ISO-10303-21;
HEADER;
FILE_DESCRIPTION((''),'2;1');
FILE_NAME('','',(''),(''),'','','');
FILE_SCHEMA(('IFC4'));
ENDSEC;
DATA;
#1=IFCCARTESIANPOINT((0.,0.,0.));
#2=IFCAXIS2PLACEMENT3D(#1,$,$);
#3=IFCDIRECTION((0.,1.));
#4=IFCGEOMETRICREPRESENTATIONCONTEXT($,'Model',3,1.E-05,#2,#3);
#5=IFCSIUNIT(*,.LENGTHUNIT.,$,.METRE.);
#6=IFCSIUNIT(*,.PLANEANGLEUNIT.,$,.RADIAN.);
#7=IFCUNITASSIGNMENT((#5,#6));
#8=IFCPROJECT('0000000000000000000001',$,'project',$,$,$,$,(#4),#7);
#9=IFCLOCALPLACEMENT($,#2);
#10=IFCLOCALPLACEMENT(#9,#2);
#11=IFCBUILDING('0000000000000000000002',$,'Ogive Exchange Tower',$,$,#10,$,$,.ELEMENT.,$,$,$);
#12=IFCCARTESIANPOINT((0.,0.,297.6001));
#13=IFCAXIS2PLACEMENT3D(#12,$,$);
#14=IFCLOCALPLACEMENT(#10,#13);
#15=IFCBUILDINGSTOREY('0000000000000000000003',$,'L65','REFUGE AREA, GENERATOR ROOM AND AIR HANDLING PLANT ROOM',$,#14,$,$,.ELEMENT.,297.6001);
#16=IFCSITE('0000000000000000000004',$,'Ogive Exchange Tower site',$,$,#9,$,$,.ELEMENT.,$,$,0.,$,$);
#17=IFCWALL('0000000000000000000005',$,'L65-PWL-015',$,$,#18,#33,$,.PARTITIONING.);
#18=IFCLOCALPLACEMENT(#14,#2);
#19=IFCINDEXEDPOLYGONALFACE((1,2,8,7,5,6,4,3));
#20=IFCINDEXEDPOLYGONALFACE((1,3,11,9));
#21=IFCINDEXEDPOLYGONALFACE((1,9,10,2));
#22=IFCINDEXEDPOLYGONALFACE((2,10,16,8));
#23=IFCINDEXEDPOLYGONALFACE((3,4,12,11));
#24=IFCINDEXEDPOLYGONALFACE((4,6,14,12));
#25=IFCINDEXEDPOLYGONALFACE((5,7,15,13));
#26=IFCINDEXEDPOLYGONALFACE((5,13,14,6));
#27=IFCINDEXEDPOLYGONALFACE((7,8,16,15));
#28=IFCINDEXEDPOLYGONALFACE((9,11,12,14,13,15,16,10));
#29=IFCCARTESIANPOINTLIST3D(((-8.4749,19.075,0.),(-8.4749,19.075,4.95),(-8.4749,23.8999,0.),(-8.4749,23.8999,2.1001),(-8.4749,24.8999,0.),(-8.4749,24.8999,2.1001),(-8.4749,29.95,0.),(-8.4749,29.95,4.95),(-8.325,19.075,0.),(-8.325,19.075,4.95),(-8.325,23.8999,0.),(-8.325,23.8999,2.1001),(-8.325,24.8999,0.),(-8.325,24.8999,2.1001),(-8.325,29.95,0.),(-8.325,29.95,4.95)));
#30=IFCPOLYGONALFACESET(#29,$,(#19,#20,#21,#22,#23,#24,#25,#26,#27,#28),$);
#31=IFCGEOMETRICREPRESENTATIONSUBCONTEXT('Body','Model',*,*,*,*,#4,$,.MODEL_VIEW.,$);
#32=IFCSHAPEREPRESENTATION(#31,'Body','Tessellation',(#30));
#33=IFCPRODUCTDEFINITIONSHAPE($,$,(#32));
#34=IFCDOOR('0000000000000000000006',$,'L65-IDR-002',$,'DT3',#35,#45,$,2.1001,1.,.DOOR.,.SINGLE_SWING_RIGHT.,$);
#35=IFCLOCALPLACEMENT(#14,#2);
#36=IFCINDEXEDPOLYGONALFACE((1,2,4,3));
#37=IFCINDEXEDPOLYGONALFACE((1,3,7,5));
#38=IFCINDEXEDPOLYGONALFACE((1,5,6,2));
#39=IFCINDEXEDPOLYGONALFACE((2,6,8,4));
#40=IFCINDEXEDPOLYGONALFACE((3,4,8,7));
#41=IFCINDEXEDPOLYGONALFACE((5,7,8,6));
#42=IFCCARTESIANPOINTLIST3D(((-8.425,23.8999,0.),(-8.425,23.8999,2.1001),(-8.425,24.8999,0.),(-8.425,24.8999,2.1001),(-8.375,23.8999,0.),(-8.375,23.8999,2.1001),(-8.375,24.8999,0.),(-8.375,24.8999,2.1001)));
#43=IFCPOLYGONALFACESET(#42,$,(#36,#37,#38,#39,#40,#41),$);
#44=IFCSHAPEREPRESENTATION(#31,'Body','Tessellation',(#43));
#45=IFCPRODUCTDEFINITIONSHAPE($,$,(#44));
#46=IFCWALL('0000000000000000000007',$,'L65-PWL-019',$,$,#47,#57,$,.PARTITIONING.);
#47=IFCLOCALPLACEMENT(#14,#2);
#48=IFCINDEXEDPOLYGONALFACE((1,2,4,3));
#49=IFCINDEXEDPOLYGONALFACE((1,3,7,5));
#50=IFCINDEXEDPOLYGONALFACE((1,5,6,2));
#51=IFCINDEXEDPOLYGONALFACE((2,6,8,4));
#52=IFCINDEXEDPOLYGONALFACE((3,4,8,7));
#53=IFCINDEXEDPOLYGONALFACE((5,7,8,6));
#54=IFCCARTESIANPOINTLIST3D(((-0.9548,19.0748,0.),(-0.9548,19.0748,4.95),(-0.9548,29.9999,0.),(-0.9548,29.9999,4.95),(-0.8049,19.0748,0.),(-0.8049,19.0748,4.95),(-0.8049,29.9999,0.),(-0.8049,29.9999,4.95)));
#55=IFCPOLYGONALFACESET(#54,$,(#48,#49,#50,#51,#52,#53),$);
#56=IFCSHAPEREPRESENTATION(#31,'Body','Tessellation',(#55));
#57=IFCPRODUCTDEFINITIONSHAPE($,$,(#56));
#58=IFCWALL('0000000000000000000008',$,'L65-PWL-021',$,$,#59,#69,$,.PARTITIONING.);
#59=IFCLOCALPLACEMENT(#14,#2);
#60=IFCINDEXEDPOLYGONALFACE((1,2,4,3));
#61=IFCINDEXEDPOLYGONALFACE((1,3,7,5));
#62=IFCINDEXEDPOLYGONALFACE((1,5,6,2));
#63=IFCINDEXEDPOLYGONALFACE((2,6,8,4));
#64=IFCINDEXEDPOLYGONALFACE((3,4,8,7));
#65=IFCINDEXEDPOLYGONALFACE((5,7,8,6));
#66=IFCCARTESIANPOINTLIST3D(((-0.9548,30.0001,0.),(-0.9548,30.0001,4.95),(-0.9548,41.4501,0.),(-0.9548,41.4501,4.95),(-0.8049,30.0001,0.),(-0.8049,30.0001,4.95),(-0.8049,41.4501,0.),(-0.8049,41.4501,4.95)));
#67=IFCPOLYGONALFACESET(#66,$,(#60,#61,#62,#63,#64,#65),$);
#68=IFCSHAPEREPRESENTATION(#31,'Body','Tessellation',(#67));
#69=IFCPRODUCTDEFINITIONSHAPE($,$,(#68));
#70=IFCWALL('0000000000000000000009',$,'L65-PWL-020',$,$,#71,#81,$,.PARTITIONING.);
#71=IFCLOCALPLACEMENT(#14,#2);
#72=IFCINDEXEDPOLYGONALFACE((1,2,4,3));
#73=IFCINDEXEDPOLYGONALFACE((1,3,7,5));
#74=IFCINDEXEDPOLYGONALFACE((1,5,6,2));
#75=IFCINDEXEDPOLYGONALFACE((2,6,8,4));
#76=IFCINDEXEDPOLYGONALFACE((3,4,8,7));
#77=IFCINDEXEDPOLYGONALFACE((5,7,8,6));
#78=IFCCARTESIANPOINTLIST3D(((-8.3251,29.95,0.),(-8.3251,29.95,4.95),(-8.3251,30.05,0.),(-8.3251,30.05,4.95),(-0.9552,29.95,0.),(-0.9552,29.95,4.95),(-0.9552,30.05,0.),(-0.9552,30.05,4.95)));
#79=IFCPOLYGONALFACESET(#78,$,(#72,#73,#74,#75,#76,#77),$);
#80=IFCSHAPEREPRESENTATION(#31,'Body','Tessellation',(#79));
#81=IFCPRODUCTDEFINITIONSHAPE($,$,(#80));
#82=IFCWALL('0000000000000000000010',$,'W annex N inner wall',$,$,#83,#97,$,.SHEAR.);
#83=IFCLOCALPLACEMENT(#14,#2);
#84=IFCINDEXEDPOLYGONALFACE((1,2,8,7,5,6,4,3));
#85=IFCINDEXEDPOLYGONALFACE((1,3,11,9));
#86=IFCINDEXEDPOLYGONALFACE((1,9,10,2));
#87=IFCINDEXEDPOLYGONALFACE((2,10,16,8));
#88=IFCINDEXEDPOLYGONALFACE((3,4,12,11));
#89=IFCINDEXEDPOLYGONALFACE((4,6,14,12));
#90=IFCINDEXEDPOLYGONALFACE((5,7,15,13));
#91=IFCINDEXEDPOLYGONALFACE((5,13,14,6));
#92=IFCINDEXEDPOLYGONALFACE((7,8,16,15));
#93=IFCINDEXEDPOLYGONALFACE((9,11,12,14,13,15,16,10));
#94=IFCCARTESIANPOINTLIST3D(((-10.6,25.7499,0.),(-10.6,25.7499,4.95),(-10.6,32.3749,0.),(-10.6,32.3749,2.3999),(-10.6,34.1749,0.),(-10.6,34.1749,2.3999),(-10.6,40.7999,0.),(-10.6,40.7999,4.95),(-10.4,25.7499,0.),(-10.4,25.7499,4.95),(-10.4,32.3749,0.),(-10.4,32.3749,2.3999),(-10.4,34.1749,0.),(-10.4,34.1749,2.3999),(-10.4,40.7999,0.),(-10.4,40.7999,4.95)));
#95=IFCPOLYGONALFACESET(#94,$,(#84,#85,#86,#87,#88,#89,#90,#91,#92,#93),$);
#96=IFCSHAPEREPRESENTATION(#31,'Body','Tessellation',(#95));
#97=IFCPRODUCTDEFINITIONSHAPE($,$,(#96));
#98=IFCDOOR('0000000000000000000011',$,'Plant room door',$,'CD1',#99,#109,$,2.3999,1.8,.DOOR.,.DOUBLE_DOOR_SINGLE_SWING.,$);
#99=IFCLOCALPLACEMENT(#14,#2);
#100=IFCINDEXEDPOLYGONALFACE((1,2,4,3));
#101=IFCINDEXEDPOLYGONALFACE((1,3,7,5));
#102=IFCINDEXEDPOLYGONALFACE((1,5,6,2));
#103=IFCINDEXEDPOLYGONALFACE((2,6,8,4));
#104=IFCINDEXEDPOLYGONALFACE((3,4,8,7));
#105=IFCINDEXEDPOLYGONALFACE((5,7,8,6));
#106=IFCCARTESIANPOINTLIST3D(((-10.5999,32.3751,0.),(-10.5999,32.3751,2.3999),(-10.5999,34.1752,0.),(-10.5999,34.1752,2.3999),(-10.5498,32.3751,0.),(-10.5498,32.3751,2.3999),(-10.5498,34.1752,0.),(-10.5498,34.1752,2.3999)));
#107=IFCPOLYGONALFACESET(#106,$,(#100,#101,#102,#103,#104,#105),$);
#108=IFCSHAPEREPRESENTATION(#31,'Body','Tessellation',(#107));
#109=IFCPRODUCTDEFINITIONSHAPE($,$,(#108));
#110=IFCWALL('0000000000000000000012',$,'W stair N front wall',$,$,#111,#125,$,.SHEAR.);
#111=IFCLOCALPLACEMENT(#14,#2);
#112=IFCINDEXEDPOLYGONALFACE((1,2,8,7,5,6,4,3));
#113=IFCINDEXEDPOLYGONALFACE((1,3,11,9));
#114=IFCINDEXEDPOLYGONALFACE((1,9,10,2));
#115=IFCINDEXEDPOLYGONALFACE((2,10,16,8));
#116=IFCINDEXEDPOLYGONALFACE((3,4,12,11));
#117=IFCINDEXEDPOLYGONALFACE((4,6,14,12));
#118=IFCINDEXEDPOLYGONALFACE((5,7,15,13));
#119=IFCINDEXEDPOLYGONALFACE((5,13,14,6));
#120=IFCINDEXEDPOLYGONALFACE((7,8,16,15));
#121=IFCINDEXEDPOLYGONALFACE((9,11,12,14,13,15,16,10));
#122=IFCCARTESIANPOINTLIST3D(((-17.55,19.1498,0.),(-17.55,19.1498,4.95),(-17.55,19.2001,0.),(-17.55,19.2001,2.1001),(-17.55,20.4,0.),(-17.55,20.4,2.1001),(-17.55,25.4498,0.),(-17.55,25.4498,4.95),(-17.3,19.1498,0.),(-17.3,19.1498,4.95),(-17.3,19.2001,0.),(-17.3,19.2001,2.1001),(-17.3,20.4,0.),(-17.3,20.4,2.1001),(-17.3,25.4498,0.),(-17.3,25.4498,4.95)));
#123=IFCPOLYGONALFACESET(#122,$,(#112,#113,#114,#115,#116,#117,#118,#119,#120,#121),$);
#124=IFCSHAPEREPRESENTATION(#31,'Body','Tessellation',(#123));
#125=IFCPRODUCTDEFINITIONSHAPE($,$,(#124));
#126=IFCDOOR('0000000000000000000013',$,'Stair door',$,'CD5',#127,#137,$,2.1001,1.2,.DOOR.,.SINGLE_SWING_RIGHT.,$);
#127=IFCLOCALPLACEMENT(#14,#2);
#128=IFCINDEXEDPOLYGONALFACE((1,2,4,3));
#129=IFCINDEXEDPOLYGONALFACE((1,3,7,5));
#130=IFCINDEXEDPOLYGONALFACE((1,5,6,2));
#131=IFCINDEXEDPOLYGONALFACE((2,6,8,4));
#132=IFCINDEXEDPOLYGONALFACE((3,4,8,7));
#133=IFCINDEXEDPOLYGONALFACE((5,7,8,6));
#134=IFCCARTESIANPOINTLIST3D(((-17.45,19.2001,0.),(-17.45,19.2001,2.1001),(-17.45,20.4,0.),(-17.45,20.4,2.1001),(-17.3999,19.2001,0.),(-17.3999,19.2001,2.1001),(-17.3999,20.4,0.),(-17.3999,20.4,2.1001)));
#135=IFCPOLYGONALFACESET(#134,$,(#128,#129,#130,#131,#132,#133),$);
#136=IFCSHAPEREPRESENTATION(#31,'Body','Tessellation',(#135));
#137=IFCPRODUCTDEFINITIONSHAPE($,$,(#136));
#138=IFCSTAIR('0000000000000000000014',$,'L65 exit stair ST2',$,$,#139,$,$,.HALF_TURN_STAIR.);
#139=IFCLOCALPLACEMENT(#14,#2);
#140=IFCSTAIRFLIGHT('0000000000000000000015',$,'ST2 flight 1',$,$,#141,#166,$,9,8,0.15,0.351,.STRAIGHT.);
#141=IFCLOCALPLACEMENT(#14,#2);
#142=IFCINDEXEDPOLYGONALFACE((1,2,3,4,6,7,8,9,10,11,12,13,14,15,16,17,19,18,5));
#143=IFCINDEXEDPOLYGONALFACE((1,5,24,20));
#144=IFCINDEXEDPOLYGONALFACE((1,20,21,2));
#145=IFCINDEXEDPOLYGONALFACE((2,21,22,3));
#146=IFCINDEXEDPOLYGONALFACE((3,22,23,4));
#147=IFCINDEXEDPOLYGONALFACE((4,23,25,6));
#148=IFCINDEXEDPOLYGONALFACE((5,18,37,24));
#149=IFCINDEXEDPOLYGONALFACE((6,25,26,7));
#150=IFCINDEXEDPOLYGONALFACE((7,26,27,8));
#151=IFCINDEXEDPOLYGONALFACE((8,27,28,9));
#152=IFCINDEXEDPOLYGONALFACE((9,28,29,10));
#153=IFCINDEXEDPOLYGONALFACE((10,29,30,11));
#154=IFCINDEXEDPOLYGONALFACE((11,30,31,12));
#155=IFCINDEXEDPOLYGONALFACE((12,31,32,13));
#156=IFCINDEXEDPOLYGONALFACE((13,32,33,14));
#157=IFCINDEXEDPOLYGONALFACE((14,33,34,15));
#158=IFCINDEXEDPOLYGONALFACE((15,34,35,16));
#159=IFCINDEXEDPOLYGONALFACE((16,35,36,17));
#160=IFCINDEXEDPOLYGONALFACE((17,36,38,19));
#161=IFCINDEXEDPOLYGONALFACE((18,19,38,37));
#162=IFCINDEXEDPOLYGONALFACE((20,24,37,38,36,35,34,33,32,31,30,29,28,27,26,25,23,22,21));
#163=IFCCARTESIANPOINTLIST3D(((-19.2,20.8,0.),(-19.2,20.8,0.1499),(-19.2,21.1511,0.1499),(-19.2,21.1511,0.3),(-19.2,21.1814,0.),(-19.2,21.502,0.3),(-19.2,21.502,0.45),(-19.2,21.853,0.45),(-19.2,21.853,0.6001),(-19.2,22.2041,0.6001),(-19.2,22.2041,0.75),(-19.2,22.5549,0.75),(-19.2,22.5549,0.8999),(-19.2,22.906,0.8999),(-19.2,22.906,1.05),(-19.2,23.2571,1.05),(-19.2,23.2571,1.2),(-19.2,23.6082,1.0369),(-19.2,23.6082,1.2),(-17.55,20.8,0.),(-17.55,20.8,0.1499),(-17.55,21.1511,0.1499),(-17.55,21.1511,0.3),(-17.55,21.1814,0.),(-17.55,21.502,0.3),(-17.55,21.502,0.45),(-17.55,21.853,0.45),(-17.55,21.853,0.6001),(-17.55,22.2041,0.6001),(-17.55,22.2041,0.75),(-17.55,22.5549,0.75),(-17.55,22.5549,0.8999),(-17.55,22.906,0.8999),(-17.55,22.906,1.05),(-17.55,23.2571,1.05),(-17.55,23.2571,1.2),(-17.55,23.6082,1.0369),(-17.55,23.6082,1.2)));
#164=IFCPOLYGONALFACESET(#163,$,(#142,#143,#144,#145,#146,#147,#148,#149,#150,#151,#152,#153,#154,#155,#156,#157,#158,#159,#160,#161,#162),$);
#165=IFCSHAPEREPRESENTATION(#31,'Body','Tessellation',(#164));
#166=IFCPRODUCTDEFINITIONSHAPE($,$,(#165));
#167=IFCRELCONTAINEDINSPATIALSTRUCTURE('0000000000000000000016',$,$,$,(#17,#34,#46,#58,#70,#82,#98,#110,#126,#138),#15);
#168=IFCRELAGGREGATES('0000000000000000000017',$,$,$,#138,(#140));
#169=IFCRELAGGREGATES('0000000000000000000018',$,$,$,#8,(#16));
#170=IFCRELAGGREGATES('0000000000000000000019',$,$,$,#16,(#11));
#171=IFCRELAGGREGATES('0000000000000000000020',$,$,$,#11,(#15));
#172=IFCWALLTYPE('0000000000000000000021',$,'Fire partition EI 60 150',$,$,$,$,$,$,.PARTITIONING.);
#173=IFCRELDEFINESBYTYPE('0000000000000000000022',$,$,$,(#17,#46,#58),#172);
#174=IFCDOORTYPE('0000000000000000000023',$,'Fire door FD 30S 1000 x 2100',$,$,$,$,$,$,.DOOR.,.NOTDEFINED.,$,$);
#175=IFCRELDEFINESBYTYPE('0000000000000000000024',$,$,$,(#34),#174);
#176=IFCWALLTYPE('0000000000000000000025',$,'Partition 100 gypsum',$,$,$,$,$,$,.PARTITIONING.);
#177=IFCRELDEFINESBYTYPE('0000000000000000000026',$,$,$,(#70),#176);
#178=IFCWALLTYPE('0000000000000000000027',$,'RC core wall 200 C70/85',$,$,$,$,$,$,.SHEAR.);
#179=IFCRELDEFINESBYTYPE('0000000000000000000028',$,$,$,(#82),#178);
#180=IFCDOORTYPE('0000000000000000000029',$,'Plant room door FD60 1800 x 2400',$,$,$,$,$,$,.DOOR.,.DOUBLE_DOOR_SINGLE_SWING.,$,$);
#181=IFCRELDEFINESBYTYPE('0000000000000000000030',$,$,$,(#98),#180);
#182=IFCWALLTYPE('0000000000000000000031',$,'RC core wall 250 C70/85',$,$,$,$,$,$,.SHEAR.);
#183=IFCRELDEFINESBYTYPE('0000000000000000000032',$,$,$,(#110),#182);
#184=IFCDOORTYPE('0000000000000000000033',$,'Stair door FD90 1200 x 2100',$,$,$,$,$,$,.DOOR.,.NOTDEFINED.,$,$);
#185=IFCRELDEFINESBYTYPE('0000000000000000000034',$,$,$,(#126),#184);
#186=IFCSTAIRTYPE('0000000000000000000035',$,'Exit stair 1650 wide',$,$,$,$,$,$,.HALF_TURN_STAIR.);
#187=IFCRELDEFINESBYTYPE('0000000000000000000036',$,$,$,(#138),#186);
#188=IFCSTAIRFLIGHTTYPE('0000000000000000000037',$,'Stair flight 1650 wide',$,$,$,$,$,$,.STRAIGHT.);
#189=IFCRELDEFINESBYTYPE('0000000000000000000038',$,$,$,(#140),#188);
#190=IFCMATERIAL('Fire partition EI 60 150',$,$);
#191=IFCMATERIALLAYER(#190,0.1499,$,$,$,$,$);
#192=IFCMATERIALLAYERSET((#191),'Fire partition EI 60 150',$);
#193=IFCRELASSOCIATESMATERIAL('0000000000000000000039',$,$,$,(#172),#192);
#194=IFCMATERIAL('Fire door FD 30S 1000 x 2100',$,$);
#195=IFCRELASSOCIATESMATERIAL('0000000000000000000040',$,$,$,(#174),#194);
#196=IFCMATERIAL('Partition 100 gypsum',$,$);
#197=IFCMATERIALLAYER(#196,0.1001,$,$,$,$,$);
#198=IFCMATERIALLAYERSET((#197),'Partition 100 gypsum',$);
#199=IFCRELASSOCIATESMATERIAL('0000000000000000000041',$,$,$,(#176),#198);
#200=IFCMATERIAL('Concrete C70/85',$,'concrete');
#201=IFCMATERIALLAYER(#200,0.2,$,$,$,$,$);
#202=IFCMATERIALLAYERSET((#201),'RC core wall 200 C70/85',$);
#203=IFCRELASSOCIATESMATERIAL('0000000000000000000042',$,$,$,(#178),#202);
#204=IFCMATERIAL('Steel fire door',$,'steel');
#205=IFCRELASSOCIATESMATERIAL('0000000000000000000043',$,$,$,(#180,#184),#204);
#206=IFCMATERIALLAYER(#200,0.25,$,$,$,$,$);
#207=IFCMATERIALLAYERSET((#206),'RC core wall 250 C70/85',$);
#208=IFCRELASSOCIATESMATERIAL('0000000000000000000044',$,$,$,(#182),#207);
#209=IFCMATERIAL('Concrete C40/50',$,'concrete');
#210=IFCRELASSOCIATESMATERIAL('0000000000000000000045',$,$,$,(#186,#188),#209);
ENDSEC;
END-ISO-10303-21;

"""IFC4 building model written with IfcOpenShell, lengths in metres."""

from ifc_helpers import new_model, si_unit, direction, frame, frame_2d, origin, place, context, subcontext, project, spatial, polyline, rectangle, outline, extrude, material, layer, layer_set, type_object, element, fill, aggregate, save


model = new_model("IFC4")

# Units and contexts
model_context = context("Model", 3, precision=1e-05, world=origin(), true_north=direction((0.0, 1.0)))
body_context = subcontext(model_context, "Body", "Model", "MODEL_VIEW")
ifc_project = project(units=[si_unit("LENGTHUNIT", "METRE"), si_unit("PLANEANGLEUNIT", "RADIAN")], contexts=[model_context])

# Site, building, storey
site_placement = place(None, origin())
site = spatial("IfcSite", under=ifc_project, at=site_placement, Name="Ogive Exchange Tower site", CompositionType="ELEMENT", RefElevation=0.0)
building_placement = place(site_placement, origin())
building = spatial("IfcBuilding", under=site, at=building_placement, Name="Ogive Exchange Tower", CompositionType="ELEMENT")
storey_placement = place(building_placement, frame((0.0, 0.0, 297.6001)))
storey = spatial("IfcBuildingStorey", under=building, at=storey_placement, Name="L65", Description="REFUGE AREA, GENERATOR ROOM AND AIR HANDLING PLANT ROOM", CompositionType="ELEMENT", Elevation=297.6001)

# Shared definitions
ifc_material_1 = material(Name="Fire partition EI 60 150")
ifc_layer_1 = layer(ifc_material_1, 0.1499)
ifc_layer_set_1 = layer_set([ifc_layer_1], Name="Fire partition EI 60 150")
wall_type_1 = type_object("IfcWallType", Name="Fire partition EI 60 150", PredefinedType="PARTITIONING", material=ifc_layer_set_1)

# Wall, opening, door
wall_1_placement = place(storey_placement, frame((-8.3999, 29.95, 0.0), z_axis=(0.0, 0.0, 1.0), x_axis=(0.0, -1.0, 0.0)))
wall_1 = element("IfcWall", 1, at=wall_1_placement, inside=storey, type_object=wall_type_1, Name="L65-PWL-015", PredefinedType="PARTITIONING", context=body_context, shape_type="SweptSolid", body=[
    extrude(rectangle(XDim=10.875, YDim=0.1499, at=frame_2d((5.4375, 0.0))), origin(), (0.0, 0.0, 1.0), 4.95),
])
opening_1_placement = place(wall_1_placement, frame((5.05, 0.0, 0.0)))
opening_1 = element("IfcOpeningElement", 2, at=opening_1_placement, cuts=wall_1, PredefinedType="OPENING", context=body_context, shape_type="SweptSolid", body=[
    extrude(rectangle(XDim=1.0, YDim=2.1001, at=frame_2d((0.5, 1.05))), frame((0.0, 0.085, 0.0), z_axis=(0.0, -1.0, 0.0), x_axis=(1.0, 0.0, 0.0)), (0.0, 0.0, 1.0), 0.1699),
])
ifc_material_2 = material(Name="Fire door FD 30S 1000 x 2100")
door_type_1 = type_object("IfcDoorType", Name="Fire door FD 30S 1000 x 2100", OperationType="NOTDEFINED", PredefinedType="DOOR", material=ifc_material_2)
door_1_placement = place(opening_1_placement, origin())
door_1 = element("IfcDoor", 3, at=door_1_placement, inside=storey, type_object=door_type_1, Name="L65-IDR-002", ObjectType="DT3", OperationType="SINGLE_SWING_RIGHT", OverallHeight=2.1001, OverallWidth=1.0, PredefinedType="DOOR", context=body_context, shape_type="SweptSolid", body=[
    extrude(rectangle(XDim=1.0, YDim=2.1001, at=frame_2d((0.5, 1.05))), frame((0.0, 0.0249, 0.0), z_axis=(0.0, -1.0, 0.0), x_axis=(1.0, 0.0, 0.0)), (0.0, 0.0, 1.0), 0.05),
])
fill(opening_1, door_1)

# Walls
wall_2_placement = place(storey_placement, frame((-0.8799, 19.075, 0.0), z_axis=(0.0, 0.0, 1.0), x_axis=(0.0, 1.0, 0.0)))
element("IfcWall", 4, at=wall_2_placement, inside=storey, type_object=wall_type_1, Name="L65-PWL-019", PredefinedType="PARTITIONING", context=body_context, shape_type="SweptSolid", body=[
    extrude(rectangle(XDim=10.925, YDim=0.1499, at=frame_2d((5.4624, 0.0))), origin(), (0.0, 0.0, 1.0), 4.95),
])
wall_3_placement = place(storey_placement, frame((-0.8799, 30.0, 0.0), z_axis=(0.0, 0.0, 1.0), x_axis=(0.0, 1.0, 0.0)))
element("IfcWall", 5, at=wall_3_placement, inside=storey, type_object=wall_type_1, Name="L65-PWL-021", PredefinedType="PARTITIONING", context=body_context, shape_type="SweptSolid", body=[
    extrude(rectangle(XDim=11.45, YDim=0.1499, at=frame_2d((5.7251, 0.0))), origin(), (0.0, 0.0, 1.0), 4.95),
])
ifc_material_3 = material(Name="Partition 100 gypsum")
ifc_layer_2 = layer(ifc_material_3, 0.1001)
ifc_layer_set_2 = layer_set([ifc_layer_2], Name="Partition 100 gypsum")
wall_type_2 = type_object("IfcWallType", Name="Partition 100 gypsum", PredefinedType="PARTITIONING", material=ifc_layer_set_2)
wall_4_placement = place(storey_placement, frame((-0.9551, 30.0, 0.0), z_axis=(0.0, 0.0, 1.0), x_axis=(-1.0, 0.0, 0.0)))
element("IfcWall", 6, at=wall_4_placement, inside=storey, type_object=wall_type_2, Name="L65-PWL-020", PredefinedType="PARTITIONING", context=body_context, shape_type="SweptSolid", body=[
    extrude(rectangle(XDim=7.3699, YDim=0.1001, at=frame_2d((3.6851, 0.0))), origin(), (0.0, 0.0, 1.0), 4.95),
])

# Walls, openings, doors
ifc_material_4 = material(Name="Concrete C70/85", Category="concrete")
ifc_layer_3 = layer(ifc_material_4, 0.2)
ifc_layer_set_3 = layer_set([ifc_layer_3], Name="RC core wall 200 C70/85")
wall_type_3 = type_object("IfcWallType", Name="RC core wall 200 C70/85", PredefinedType="SHEAR", material=ifc_layer_set_3)
wall_5_placement = place(storey_placement, frame((-10.5, 25.75, 0.0), z_axis=(0.0, 0.0, 1.0), x_axis=(0.0, 1.0, 0.0)))
wall_5 = element("IfcWall", 7, at=wall_5_placement, inside=storey, type_object=wall_type_3, Name="W annex N inner wall", PredefinedType="SHEAR", context=body_context, shape_type="SweptSolid", body=[
    extrude(rectangle(XDim=15.05, YDim=0.2, at=frame_2d((7.5249, 0.0))), origin(), (0.0, 0.0, 1.0), 4.95),
])
opening_2_placement = place(wall_5_placement, frame((6.625, 0.0, 0.0)))
opening_2 = element("IfcOpeningElement", 8, at=opening_2_placement, cuts=wall_5, PredefinedType="OPENING", context=body_context, shape_type="SweptSolid", body=[
    extrude(rectangle(XDim=1.8, YDim=2.3999, at=frame_2d((0.8999, 1.2))), frame((0.0, 0.1099, 0.0), z_axis=(0.0, -1.0, 0.0), x_axis=(1.0, 0.0, 0.0)), (0.0, 0.0, 1.0), 0.22),
])
ifc_material_5 = material(Name="Steel fire door", Category="steel")
door_type_2 = type_object("IfcDoorType", Name="Plant room door FD60 1800 x 2400", OperationType="DOUBLE_DOOR_SINGLE_SWING", PredefinedType="DOOR", material=ifc_material_5)
door_2_placement = place(opening_2_placement, frame((1.8, 0.1499, 0.0), z_axis=(0.0, 0.0, 1.0), x_axis=(-1.0, 0.0, 0.0)))
door_2 = element("IfcDoor", 9, at=door_2_placement, inside=storey, type_object=door_type_2, Name="Plant room door", ObjectType="CD1", OperationType="DOUBLE_DOOR_SINGLE_SWING", OverallHeight=2.3999, OverallWidth=1.8, PredefinedType="DOOR", context=body_context, shape_type="SweptSolid", body=[
    extrude(rectangle(XDim=1.8, YDim=2.3999, at=frame_2d((0.8999, 1.2))), frame((0.0, 0.1001, 0.0), z_axis=(0.0, -1.0, 0.0), x_axis=(1.0, 0.0, 0.0)), (0.0, 0.0, 1.0), 0.05),
])
fill(opening_2, door_2)
ifc_layer_4 = layer(ifc_material_4, 0.25)
ifc_layer_set_4 = layer_set([ifc_layer_4], Name="RC core wall 250 C70/85")
wall_type_4 = type_object("IfcWallType", Name="RC core wall 250 C70/85", PredefinedType="SHEAR", material=ifc_layer_set_4)
wall_6_placement = place(storey_placement, frame((-17.425, 19.1499, 0.0), z_axis=(0.0, 0.0, 1.0), x_axis=(0.0, 1.0, 0.0)))
wall_6 = element("IfcWall", 10, at=wall_6_placement, inside=storey, type_object=wall_type_4, Name="W stair N front wall", PredefinedType="SHEAR", context=body_context, shape_type="SweptSolid", body=[
    extrude(rectangle(XDim=6.3, YDim=0.25, at=frame_2d((3.1499, 0.0))), origin(), (0.0, 0.0, 1.0), 4.95),
])
opening_3_placement = place(wall_6_placement, frame((0.05, 0.0, 0.0)))
opening_3 = element("IfcOpeningElement", 11, at=opening_3_placement, cuts=wall_6, PredefinedType="OPENING", context=body_context, shape_type="SweptSolid", body=[
    extrude(rectangle(XDim=1.2, YDim=2.1001, at=frame_2d((0.6001, 1.05))), frame((0.0, 0.135, 0.0), z_axis=(0.0, -1.0, 0.0), x_axis=(1.0, 0.0, 0.0)), (0.0, 0.0, 1.0), 0.27),
])
door_type_3 = type_object("IfcDoorType", Name="Stair door FD90 1200 x 2100", OperationType="NOTDEFINED", PredefinedType="DOOR", material=ifc_material_5)
door_3_placement = place(opening_3_placement, origin())
door_3 = element("IfcDoor", 12, at=door_3_placement, inside=storey, type_object=door_type_3, Name="Stair door", ObjectType="CD5", OperationType="SINGLE_SWING_RIGHT", OverallHeight=2.1001, OverallWidth=1.2, PredefinedType="DOOR", context=body_context, shape_type="SweptSolid", body=[
    extrude(rectangle(XDim=1.2, YDim=2.1001, at=frame_2d((0.6001, 1.05))), frame((0.0, 0.0249, 0.0), z_axis=(0.0, -1.0, 0.0), x_axis=(1.0, 0.0, 0.0)), (0.0, 0.0, 1.0), 0.05),
])
fill(opening_3, door_3)

# Stair, stair flight
ifc_material_6 = material(Name="Concrete C40/50", Category="concrete")
stair_type = type_object("IfcStairType", Name="Exit stair 1650 wide", PredefinedType="HALF_TURN_STAIR", material=ifc_material_6)
stair_placement = place(storey_placement, origin())
stair = element("IfcStair", 13, at=stair_placement, inside=storey, type_object=stair_type, Name="L65 exit stair ST2", PredefinedType="HALF_TURN_STAIR")
stair_flight_type = type_object("IfcStairFlightType", Name="Stair flight 1650 wide", PredefinedType="STRAIGHT", material=ifc_material_6)
stair_flight_1_placement = place(storey_placement, frame((-18.375, 20.8, 0.0), z_axis=(0.0, 0.0, 1.0), x_axis=(0.0, 1.0, 0.0)))
stair_flight_1 = element("IfcStairFlight", 14, at=stair_flight_1_placement, type_object=stair_flight_type, Name="ST2 flight 1", NumberOfRisers=9, NumberOfTreads=8, PredefinedType="STRAIGHT", RiserHeight=0.15, TreadLength=0.351, context=body_context, shape_type="SweptSolid", body=[
    extrude(outline(polyline([(0.0, 0.0), (0.0, 0.1499), (0.3511, 0.1499), (0.3511, 0.3), (0.7019, 0.3), (0.7019, 0.45), (1.053, 0.45), (1.053, 0.6001), (1.4041, 0.6001), (1.4041, 0.75), (1.7549, 0.75), (1.7549, 0.8999), (2.106, 0.8999), (2.106, 1.05), (2.457, 1.05), (2.457, 1.2), (2.8081, 1.2), (2.8081, 1.3501), (2.8081, 1.0369), (0.3813, 0.0), (0.0, 0.0)])), frame((0.0, 0.825, 0.0), z_axis=(0.0, -1.0, 0.0), x_axis=(1.0, 0.0, 0.0)), (0.0, 0.0, 1.0), 1.6499),
])
aggregate(stair, [stair_flight_1])

save(model, "model.ifc")
